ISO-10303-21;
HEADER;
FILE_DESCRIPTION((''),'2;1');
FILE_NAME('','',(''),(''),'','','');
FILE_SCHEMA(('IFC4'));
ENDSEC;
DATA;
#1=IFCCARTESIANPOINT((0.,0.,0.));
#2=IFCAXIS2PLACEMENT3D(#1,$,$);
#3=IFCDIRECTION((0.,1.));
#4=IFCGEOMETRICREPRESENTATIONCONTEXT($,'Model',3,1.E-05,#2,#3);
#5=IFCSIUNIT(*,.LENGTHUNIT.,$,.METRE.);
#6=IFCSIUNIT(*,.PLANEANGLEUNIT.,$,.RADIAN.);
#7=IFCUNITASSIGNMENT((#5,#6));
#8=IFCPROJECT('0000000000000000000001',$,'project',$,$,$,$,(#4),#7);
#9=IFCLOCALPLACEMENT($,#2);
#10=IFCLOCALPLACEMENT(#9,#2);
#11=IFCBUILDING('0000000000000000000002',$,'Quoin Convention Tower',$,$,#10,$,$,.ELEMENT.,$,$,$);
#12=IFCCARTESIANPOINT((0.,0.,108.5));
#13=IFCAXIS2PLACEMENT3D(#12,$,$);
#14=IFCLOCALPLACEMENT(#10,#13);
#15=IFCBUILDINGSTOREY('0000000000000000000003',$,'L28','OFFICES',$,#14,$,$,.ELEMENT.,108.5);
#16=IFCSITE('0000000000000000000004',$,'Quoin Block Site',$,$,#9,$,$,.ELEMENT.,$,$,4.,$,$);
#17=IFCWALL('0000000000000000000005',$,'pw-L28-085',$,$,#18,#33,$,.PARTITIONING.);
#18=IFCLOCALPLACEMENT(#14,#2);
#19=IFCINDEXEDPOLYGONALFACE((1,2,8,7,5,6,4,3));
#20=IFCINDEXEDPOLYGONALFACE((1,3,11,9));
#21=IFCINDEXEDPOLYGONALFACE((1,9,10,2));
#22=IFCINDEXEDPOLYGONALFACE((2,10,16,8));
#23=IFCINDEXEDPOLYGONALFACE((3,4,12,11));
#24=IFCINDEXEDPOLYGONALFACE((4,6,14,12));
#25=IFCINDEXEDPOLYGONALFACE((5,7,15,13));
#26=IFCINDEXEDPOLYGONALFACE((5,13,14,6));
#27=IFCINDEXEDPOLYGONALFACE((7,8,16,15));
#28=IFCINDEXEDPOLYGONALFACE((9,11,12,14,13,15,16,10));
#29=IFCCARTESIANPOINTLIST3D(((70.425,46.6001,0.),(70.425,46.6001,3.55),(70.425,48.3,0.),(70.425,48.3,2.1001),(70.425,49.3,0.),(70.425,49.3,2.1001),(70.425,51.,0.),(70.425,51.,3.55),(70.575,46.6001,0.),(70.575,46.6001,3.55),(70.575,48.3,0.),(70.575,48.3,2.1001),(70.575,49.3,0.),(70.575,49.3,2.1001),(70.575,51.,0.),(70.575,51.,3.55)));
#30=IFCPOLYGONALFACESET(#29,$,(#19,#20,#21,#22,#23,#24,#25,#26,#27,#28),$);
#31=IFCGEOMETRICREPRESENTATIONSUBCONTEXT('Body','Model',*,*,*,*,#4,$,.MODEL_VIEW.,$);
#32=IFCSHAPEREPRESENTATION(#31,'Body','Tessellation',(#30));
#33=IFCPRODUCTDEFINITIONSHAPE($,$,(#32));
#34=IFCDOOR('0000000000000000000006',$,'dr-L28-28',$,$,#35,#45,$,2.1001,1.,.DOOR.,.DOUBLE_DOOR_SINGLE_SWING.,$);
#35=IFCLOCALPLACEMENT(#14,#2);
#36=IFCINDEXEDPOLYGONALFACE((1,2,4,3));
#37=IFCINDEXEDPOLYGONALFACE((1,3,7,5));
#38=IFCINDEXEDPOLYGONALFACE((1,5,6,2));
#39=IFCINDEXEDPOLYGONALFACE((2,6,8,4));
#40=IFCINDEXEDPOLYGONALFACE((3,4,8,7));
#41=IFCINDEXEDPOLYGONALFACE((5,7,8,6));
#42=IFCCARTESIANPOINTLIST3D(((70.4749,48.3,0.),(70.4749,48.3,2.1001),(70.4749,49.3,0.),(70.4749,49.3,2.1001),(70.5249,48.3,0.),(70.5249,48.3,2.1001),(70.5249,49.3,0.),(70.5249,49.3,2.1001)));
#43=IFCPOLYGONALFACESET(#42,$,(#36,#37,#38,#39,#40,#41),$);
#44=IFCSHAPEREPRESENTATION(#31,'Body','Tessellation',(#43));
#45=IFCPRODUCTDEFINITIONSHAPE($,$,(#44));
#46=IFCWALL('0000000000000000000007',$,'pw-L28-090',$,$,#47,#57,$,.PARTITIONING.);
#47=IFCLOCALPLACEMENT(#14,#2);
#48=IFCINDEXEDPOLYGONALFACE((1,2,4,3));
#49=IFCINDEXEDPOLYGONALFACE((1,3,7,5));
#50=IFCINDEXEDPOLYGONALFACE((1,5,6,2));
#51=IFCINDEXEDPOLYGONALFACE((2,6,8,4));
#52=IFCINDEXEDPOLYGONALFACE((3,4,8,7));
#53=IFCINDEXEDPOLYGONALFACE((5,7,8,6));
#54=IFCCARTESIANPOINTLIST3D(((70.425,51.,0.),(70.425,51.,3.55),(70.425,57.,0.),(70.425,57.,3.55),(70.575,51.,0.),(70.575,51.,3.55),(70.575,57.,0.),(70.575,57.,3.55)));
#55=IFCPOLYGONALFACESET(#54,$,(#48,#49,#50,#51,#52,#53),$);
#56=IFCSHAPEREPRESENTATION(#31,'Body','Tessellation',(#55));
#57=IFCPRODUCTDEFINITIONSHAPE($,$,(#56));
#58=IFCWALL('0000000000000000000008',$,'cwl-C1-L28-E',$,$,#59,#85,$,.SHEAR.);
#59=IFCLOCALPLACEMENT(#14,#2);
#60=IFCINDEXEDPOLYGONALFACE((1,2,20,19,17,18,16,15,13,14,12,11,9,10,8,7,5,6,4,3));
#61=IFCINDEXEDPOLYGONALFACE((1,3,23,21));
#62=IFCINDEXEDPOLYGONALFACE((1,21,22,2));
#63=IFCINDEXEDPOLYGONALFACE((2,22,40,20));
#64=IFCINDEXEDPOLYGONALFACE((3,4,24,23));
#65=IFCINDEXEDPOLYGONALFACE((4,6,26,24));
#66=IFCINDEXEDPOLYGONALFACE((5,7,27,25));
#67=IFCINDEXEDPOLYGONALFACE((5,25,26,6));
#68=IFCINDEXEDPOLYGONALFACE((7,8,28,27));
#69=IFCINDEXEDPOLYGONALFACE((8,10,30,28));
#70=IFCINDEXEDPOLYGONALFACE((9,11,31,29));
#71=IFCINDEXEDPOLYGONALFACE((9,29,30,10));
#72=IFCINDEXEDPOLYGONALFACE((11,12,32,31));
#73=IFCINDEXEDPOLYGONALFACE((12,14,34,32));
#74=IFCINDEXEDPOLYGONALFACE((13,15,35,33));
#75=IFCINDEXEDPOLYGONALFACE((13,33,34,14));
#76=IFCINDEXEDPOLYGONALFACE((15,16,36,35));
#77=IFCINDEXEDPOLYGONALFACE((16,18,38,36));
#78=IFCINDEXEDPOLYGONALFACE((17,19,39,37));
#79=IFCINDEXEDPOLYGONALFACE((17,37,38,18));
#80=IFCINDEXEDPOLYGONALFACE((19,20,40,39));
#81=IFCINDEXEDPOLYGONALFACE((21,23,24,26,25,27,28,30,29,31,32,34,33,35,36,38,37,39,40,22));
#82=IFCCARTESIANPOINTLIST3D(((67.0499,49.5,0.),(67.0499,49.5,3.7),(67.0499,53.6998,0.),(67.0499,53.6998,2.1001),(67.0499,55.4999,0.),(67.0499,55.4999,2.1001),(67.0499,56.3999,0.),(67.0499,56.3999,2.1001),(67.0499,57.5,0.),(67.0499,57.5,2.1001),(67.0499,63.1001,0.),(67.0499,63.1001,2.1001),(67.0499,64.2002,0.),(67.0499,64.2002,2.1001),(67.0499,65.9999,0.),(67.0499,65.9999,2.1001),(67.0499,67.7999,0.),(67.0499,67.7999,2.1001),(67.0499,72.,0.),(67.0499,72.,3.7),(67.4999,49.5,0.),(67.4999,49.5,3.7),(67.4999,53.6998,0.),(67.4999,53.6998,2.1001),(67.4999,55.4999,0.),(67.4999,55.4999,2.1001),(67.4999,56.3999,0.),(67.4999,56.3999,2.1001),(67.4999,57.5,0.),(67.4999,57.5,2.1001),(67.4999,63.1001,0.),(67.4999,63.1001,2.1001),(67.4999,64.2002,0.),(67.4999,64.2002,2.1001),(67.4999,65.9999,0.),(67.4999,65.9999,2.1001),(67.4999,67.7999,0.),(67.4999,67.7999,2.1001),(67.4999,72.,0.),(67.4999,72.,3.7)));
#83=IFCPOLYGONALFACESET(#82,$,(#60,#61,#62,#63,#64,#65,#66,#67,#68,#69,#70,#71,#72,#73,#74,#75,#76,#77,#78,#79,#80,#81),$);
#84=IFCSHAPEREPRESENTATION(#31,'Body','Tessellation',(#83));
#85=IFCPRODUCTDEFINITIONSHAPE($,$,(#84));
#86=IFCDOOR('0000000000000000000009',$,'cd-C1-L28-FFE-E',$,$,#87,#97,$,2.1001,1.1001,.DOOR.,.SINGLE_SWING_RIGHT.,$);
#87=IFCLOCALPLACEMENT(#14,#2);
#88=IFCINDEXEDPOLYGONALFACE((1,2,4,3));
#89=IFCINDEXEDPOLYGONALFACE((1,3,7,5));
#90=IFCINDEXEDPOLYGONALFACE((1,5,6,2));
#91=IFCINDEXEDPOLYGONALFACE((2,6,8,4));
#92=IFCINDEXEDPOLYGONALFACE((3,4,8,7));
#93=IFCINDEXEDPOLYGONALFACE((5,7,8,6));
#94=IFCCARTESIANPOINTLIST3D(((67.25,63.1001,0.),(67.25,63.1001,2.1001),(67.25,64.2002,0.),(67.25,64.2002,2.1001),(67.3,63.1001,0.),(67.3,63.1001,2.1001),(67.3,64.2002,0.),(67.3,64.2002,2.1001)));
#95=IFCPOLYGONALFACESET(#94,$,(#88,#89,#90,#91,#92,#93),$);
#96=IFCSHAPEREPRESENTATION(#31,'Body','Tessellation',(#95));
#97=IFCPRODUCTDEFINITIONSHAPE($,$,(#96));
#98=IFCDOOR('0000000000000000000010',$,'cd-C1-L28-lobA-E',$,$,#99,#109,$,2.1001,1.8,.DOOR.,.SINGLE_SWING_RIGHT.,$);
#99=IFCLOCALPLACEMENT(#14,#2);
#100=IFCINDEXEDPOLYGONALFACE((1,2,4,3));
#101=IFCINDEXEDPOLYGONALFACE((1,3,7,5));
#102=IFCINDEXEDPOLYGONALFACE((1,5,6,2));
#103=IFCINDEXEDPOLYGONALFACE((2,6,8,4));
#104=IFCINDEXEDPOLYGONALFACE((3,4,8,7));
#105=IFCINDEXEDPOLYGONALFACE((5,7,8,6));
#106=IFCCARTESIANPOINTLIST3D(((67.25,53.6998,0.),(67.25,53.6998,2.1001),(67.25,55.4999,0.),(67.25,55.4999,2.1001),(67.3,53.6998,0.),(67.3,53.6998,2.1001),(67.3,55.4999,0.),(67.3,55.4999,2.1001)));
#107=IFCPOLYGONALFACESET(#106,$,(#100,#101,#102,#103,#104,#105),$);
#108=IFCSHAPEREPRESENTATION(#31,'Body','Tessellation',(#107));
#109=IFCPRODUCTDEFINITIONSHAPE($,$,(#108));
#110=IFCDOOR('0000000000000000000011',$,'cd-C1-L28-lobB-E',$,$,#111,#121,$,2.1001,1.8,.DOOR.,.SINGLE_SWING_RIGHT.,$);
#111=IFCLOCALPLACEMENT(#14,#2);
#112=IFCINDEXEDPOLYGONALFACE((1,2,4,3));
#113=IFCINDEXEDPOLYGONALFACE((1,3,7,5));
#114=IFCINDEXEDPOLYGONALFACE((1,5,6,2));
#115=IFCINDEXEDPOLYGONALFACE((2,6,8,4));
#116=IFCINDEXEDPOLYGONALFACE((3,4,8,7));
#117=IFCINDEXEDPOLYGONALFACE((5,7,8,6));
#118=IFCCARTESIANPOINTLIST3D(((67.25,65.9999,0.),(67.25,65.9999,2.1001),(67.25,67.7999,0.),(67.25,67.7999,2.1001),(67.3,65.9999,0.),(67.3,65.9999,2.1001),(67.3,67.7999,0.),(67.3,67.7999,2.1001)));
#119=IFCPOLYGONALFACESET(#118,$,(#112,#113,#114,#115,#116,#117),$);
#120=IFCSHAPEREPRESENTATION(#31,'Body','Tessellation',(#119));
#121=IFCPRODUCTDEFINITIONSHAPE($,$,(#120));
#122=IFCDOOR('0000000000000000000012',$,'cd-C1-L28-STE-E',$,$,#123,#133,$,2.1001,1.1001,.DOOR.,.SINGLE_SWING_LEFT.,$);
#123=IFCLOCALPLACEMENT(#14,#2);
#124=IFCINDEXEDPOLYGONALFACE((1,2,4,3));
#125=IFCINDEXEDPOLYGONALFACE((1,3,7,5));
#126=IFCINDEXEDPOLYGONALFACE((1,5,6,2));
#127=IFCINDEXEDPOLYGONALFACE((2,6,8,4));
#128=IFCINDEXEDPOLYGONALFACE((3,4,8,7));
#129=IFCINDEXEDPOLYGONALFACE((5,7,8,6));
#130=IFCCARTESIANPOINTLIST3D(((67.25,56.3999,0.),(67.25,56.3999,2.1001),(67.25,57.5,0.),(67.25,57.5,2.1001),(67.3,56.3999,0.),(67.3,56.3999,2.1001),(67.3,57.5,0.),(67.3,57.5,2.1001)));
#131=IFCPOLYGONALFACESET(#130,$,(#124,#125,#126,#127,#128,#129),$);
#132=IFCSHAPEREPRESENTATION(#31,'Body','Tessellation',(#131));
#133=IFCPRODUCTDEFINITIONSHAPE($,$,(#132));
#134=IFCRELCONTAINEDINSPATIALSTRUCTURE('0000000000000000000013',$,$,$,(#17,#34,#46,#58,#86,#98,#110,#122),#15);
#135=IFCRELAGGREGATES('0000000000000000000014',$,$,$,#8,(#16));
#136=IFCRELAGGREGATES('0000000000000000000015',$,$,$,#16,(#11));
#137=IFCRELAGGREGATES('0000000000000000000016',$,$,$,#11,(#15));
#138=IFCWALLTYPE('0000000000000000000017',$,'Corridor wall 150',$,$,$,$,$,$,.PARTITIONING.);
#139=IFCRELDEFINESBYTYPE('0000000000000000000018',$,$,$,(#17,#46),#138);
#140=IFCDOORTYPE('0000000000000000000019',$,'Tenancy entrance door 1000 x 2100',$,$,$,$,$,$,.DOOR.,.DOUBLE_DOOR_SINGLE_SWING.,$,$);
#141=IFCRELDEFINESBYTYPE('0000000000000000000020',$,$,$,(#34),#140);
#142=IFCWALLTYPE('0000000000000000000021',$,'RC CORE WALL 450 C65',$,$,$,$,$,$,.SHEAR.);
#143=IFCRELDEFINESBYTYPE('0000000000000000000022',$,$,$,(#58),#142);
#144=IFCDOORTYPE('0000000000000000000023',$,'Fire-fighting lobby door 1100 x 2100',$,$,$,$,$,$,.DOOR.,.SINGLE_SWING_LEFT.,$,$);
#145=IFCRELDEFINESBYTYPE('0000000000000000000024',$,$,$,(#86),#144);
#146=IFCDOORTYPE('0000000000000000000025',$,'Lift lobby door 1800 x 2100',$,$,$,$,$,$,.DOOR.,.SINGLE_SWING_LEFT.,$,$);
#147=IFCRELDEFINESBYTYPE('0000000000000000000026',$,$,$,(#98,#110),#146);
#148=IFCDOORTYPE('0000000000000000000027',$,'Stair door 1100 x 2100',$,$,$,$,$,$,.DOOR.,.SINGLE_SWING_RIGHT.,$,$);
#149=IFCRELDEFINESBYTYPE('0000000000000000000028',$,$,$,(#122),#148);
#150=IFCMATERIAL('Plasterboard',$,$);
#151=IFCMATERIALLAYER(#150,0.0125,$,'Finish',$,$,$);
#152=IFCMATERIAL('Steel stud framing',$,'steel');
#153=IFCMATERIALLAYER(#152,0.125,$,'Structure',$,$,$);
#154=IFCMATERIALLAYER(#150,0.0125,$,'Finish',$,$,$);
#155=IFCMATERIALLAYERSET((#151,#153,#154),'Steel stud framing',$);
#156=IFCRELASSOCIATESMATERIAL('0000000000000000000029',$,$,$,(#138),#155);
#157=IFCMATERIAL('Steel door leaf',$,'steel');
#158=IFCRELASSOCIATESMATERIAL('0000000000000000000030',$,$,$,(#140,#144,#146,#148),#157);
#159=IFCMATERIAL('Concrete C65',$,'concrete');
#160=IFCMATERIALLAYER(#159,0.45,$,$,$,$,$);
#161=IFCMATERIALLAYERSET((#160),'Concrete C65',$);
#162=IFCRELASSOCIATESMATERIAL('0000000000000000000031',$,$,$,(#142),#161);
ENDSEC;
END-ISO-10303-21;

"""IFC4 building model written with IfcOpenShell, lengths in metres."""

from ifc_helpers import new_model, si_unit, direction, frame, frame_2d, origin, place, context, subcontext, project, spatial, rectangle, extrude, material, layer, layer_set, type_object, element, fill, save


model = new_model("IFC4")

# Units and contexts
model_context = context("Model", 3, precision=1e-05, world=origin(), true_north=direction((0.0, 1.0)))
body_context = subcontext(model_context, "Body", "Model", "MODEL_VIEW")
ifc_project = project(units=[si_unit("LENGTHUNIT", "METRE"), si_unit("PLANEANGLEUNIT", "RADIAN")], contexts=[model_context])

# Site, building, storey
site_placement = place(None, origin())
site = spatial("IfcSite", under=ifc_project, at=site_placement, Name="Quoin Block Site", CompositionType="ELEMENT", RefElevation=4.0)
building_placement = place(site_placement, origin())
building = spatial("IfcBuilding", under=site, at=building_placement, Name="Quoin Convention Tower", CompositionType="ELEMENT")
storey_placement = place(building_placement, frame((0.0, 0.0, 108.5)))
storey = spatial("IfcBuildingStorey", under=building, at=storey_placement, Name="L28", Description="OFFICES", CompositionType="ELEMENT", Elevation=108.5)

# Shared definitions
ifc_material_1 = material(Name="Concrete C65", Category="concrete")

# Wall, opening, door
ifc_material_2 = material(Name="Plasterboard")
ifc_layer_1 = layer(ifc_material_2, 0.0125, Name="Finish")
ifc_material_3 = material(Name="Steel stud framing", Category="steel")
ifc_layer_2 = layer(ifc_material_3, 0.125, Name="Structure")
ifc_layer_3 = layer(ifc_material_2, 0.0125, Name="Finish")
ifc_layer_set_1 = layer_set([ifc_layer_1, ifc_layer_2, ifc_layer_3], Name="Steel stud framing")
wall_type_1 = type_object("IfcWallType", Name="Corridor wall 150", PredefinedType="PARTITIONING", material=ifc_layer_set_1)
wall_1_placement = place(storey_placement, frame((70.5, 46.6001, 0.0), z_axis=(0.0, 0.0, 1.0), x_axis=(0.0, 1.0, 0.0)))
wall_1 = element("IfcWall", 1, at=wall_1_placement, inside=storey, type_object=wall_type_1, Name="pw-L28-085", PredefinedType="PARTITIONING", context=body_context, shape_type="SweptSolid", body=[
    extrude(rectangle(XDim=4.3999, YDim=0.1499, at=frame_2d((2.2, 0.0))), origin(), (0.0, 0.0, 1.0), 3.55),
])
opening_1_placement = place(wall_1_placement, frame((1.7, 0.0, 0.0)))
opening_1 = element("IfcOpeningElement", 2, at=opening_1_placement, cuts=wall_1, PredefinedType="OPENING", context=body_context, shape_type="SweptSolid", body=[
    extrude(rectangle(XDim=1.0, YDim=2.1001, at=frame_2d((0.5, 1.05))), frame((0.0, 0.085, 0.0), z_axis=(0.0, -1.0, 0.0), x_axis=(1.0, 0.0, 0.0)), (0.0, 0.0, 1.0), 0.1699),
])
ifc_material_4 = material(Name="Steel door leaf", Category="steel")
door_type_1 = type_object("IfcDoorType", Name="Tenancy entrance door 1000 x 2100", OperationType="DOUBLE_DOOR_SINGLE_SWING", PredefinedType="DOOR", material=ifc_material_4)
door_1_placement = place(opening_1_placement, frame((1.0, 0.0, 0.0), z_axis=(0.0, 0.0, 1.0), x_axis=(-1.0, 0.0, 0.0)))
door_1 = element("IfcDoor", 3, at=door_1_placement, inside=storey, type_object=door_type_1, Name="dr-L28-28", OperationType="DOUBLE_DOOR_SINGLE_SWING", OverallHeight=2.1001, OverallWidth=1.0, PredefinedType="DOOR", context=body_context, shape_type="SweptSolid", body=[
    extrude(rectangle(XDim=1.0, YDim=2.1001, at=frame_2d((0.5, 1.05))), frame((0.0, 0.0249, 0.0), z_axis=(0.0, -1.0, 0.0), x_axis=(1.0, 0.0, 0.0)), (0.0, 0.0, 1.0), 0.05),
])
fill(opening_1, door_1)

# Wall
wall_2_placement = place(storey_placement, frame((70.5, 51.0, 0.0), z_axis=(0.0, 0.0, 1.0), x_axis=(0.0, 1.0, 0.0)))
element("IfcWall", 4, at=wall_2_placement, inside=storey, type_object=wall_type_1, Name="pw-L28-090", PredefinedType="PARTITIONING", context=body_context, shape_type="SweptSolid", body=[
    extrude(rectangle(XDim=6.0, YDim=0.1499, at=frame_2d((3.0, 0.0))), origin(), (0.0, 0.0, 1.0), 3.55),
])

# Wall, openings, doors
ifc_layer_4 = layer(ifc_material_1, 0.45)
ifc_layer_set_2 = layer_set([ifc_layer_4], Name="Concrete C65")
wall_type_2 = type_object("IfcWallType", Name="RC CORE WALL 450 C65", PredefinedType="SHEAR", material=ifc_layer_set_2)
wall_3_placement = place(storey_placement, frame((67.2749, 49.5, 0.0), z_axis=(0.0, 0.0, 1.0), x_axis=(0.0, 1.0, 0.0)))
wall_3 = element("IfcWall", 5, at=wall_3_placement, inside=storey, type_object=wall_type_2, Name="cwl-C1-L28-E", PredefinedType="SHEAR", context=body_context, shape_type="SweptSolid", body=[
    extrude(rectangle(XDim=22.5, YDim=0.45, at=frame_2d((11.25, 0.0))), origin(), (0.0, 0.0, 1.0), 3.7),
])
opening_2_placement = place(wall_3_placement, frame((4.2, 0.0, 0.0)))
opening_2 = element("IfcOpeningElement", 6, at=opening_2_placement, cuts=wall_3, PredefinedType="OPENING", context=body_context, shape_type="SweptSolid", body=[
    extrude(rectangle(XDim=1.8, YDim=2.1001, at=frame_2d((0.8999, 1.05))), frame((0.0, 0.2349, 0.0), z_axis=(0.0, -1.0, 0.0), x_axis=(1.0, 0.0, 0.0)), (0.0, 0.0, 1.0), 0.47),
])
opening_3_placement = place(wall_3_placement, frame((6.8999, 0.0, 0.0)))
opening_3 = element("IfcOpeningElement", 7, at=opening_3_placement, cuts=wall_3, PredefinedType="OPENING", context=body_context, shape_type="SweptSolid", body=[
    extrude(rectangle(XDim=1.1001, YDim=2.1001, at=frame_2d((0.55, 1.05))), frame((0.0, 0.2349, 0.0), z_axis=(0.0, -1.0, 0.0), x_axis=(1.0, 0.0, 0.0)), (0.0, 0.0, 1.0), 0.47),
])
opening_4_placement = place(wall_3_placement, frame((13.6001, 0.0, 0.0)))
opening_4 = element("IfcOpeningElement", 8, at=opening_4_placement, cuts=wall_3, PredefinedType="OPENING", context=body_context, shape_type="SweptSolid", body=[
    extrude(rectangle(XDim=1.1001, YDim=2.1001, at=frame_2d((0.55, 1.05))), frame((0.0, 0.2349, 0.0), z_axis=(0.0, -1.0, 0.0), x_axis=(1.0, 0.0, 0.0)), (0.0, 0.0, 1.0), 0.47),
])
opening_5_placement = place(wall_3_placement, frame((16.5, 0.0, 0.0)))
opening_5 = element("IfcOpeningElement", 9, at=opening_5_placement, cuts=wall_3, PredefinedType="OPENING", context=body_context, shape_type="SweptSolid", body=[
    extrude(rectangle(XDim=1.8, YDim=2.1001, at=frame_2d((0.8999, 1.05))), frame((0.0, 0.2349, 0.0), z_axis=(0.0, -1.0, 0.0), x_axis=(1.0, 0.0, 0.0)), (0.0, 0.0, 1.0), 0.47),
])
door_type_2 = type_object("IfcDoorType", Name="Fire-fighting lobby door 1100 x 2100", OperationType="SINGLE_SWING_LEFT", PredefinedType="DOOR", material=ifc_material_4)
door_2_placement = place(opening_4_placement, origin())
door_2 = element("IfcDoor", 10, at=door_2_placement, inside=storey, type_object=door_type_2, Name="cd-C1-L28-FFE-E", OperationType="SINGLE_SWING_RIGHT", OverallHeight=2.1001, OverallWidth=1.1001, PredefinedType="DOOR", context=body_context, shape_type="SweptSolid", body=[
    extrude(rectangle(XDim=1.1001, YDim=2.1001, at=frame_2d((0.55, 1.05))), frame((0.0, 0.0249, 0.0), z_axis=(0.0, -1.0, 0.0), x_axis=(1.0, 0.0, 0.0)), (0.0, 0.0, 1.0), 0.05),
])
fill(opening_4, door_2)
door_type_3 = type_object("IfcDoorType", Name="Lift lobby door 1800 x 2100", OperationType="SINGLE_SWING_LEFT", PredefinedType="DOOR", material=ifc_material_4)
door_3_placement = place(opening_2_placement, origin())
door_3 = element("IfcDoor", 11, at=door_3_placement, inside=storey, type_object=door_type_3, Name="cd-C1-L28-lobA-E", OperationType="SINGLE_SWING_RIGHT", OverallHeight=2.1001, OverallWidth=1.8, PredefinedType="DOOR", context=body_context, shape_type="SweptSolid", body=[
    extrude(rectangle(XDim=1.8, YDim=2.1001, at=frame_2d((0.8999, 1.05))), frame((0.0, 0.0249, 0.0), z_axis=(0.0, -1.0, 0.0), x_axis=(1.0, 0.0, 0.0)), (0.0, 0.0, 1.0), 0.05),
])
fill(opening_2, door_3)
door_4_placement = place(opening_5_placement, origin())
door_4 = element("IfcDoor", 12, at=door_4_placement, inside=storey, type_object=door_type_3, Name="cd-C1-L28-lobB-E", OperationType="SINGLE_SWING_RIGHT", OverallHeight=2.1001, OverallWidth=1.8, PredefinedType="DOOR", context=body_context, shape_type="SweptSolid", body=[
    extrude(rectangle(XDim=1.8, YDim=2.1001, at=frame_2d((0.8999, 1.05))), frame((0.0, 0.0249, 0.0), z_axis=(0.0, -1.0, 0.0), x_axis=(1.0, 0.0, 0.0)), (0.0, 0.0, 1.0), 0.05),
])
fill(opening_5, door_4)
door_type_4 = type_object("IfcDoorType", Name="Stair door 1100 x 2100", OperationType="SINGLE_SWING_RIGHT", PredefinedType="DOOR", material=ifc_material_4)
door_5_placement = place(opening_3_placement, origin())
door_5 = element("IfcDoor", 13, at=door_5_placement, inside=storey, type_object=door_type_4, Name="cd-C1-L28-STE-E", OperationType="SINGLE_SWING_LEFT", OverallHeight=2.1001, OverallWidth=1.1001, PredefinedType="DOOR", context=body_context, shape_type="SweptSolid", body=[
    extrude(rectangle(XDim=1.1001, YDim=2.1001, at=frame_2d((0.55, 1.05))), frame((0.0, 0.0249, 0.0), z_axis=(0.0, -1.0, 0.0), x_axis=(1.0, 0.0, 0.0)), (0.0, 0.0, 1.0), 0.05),
])
fill(opening_3, door_5)

save(model, "model.ifc")
